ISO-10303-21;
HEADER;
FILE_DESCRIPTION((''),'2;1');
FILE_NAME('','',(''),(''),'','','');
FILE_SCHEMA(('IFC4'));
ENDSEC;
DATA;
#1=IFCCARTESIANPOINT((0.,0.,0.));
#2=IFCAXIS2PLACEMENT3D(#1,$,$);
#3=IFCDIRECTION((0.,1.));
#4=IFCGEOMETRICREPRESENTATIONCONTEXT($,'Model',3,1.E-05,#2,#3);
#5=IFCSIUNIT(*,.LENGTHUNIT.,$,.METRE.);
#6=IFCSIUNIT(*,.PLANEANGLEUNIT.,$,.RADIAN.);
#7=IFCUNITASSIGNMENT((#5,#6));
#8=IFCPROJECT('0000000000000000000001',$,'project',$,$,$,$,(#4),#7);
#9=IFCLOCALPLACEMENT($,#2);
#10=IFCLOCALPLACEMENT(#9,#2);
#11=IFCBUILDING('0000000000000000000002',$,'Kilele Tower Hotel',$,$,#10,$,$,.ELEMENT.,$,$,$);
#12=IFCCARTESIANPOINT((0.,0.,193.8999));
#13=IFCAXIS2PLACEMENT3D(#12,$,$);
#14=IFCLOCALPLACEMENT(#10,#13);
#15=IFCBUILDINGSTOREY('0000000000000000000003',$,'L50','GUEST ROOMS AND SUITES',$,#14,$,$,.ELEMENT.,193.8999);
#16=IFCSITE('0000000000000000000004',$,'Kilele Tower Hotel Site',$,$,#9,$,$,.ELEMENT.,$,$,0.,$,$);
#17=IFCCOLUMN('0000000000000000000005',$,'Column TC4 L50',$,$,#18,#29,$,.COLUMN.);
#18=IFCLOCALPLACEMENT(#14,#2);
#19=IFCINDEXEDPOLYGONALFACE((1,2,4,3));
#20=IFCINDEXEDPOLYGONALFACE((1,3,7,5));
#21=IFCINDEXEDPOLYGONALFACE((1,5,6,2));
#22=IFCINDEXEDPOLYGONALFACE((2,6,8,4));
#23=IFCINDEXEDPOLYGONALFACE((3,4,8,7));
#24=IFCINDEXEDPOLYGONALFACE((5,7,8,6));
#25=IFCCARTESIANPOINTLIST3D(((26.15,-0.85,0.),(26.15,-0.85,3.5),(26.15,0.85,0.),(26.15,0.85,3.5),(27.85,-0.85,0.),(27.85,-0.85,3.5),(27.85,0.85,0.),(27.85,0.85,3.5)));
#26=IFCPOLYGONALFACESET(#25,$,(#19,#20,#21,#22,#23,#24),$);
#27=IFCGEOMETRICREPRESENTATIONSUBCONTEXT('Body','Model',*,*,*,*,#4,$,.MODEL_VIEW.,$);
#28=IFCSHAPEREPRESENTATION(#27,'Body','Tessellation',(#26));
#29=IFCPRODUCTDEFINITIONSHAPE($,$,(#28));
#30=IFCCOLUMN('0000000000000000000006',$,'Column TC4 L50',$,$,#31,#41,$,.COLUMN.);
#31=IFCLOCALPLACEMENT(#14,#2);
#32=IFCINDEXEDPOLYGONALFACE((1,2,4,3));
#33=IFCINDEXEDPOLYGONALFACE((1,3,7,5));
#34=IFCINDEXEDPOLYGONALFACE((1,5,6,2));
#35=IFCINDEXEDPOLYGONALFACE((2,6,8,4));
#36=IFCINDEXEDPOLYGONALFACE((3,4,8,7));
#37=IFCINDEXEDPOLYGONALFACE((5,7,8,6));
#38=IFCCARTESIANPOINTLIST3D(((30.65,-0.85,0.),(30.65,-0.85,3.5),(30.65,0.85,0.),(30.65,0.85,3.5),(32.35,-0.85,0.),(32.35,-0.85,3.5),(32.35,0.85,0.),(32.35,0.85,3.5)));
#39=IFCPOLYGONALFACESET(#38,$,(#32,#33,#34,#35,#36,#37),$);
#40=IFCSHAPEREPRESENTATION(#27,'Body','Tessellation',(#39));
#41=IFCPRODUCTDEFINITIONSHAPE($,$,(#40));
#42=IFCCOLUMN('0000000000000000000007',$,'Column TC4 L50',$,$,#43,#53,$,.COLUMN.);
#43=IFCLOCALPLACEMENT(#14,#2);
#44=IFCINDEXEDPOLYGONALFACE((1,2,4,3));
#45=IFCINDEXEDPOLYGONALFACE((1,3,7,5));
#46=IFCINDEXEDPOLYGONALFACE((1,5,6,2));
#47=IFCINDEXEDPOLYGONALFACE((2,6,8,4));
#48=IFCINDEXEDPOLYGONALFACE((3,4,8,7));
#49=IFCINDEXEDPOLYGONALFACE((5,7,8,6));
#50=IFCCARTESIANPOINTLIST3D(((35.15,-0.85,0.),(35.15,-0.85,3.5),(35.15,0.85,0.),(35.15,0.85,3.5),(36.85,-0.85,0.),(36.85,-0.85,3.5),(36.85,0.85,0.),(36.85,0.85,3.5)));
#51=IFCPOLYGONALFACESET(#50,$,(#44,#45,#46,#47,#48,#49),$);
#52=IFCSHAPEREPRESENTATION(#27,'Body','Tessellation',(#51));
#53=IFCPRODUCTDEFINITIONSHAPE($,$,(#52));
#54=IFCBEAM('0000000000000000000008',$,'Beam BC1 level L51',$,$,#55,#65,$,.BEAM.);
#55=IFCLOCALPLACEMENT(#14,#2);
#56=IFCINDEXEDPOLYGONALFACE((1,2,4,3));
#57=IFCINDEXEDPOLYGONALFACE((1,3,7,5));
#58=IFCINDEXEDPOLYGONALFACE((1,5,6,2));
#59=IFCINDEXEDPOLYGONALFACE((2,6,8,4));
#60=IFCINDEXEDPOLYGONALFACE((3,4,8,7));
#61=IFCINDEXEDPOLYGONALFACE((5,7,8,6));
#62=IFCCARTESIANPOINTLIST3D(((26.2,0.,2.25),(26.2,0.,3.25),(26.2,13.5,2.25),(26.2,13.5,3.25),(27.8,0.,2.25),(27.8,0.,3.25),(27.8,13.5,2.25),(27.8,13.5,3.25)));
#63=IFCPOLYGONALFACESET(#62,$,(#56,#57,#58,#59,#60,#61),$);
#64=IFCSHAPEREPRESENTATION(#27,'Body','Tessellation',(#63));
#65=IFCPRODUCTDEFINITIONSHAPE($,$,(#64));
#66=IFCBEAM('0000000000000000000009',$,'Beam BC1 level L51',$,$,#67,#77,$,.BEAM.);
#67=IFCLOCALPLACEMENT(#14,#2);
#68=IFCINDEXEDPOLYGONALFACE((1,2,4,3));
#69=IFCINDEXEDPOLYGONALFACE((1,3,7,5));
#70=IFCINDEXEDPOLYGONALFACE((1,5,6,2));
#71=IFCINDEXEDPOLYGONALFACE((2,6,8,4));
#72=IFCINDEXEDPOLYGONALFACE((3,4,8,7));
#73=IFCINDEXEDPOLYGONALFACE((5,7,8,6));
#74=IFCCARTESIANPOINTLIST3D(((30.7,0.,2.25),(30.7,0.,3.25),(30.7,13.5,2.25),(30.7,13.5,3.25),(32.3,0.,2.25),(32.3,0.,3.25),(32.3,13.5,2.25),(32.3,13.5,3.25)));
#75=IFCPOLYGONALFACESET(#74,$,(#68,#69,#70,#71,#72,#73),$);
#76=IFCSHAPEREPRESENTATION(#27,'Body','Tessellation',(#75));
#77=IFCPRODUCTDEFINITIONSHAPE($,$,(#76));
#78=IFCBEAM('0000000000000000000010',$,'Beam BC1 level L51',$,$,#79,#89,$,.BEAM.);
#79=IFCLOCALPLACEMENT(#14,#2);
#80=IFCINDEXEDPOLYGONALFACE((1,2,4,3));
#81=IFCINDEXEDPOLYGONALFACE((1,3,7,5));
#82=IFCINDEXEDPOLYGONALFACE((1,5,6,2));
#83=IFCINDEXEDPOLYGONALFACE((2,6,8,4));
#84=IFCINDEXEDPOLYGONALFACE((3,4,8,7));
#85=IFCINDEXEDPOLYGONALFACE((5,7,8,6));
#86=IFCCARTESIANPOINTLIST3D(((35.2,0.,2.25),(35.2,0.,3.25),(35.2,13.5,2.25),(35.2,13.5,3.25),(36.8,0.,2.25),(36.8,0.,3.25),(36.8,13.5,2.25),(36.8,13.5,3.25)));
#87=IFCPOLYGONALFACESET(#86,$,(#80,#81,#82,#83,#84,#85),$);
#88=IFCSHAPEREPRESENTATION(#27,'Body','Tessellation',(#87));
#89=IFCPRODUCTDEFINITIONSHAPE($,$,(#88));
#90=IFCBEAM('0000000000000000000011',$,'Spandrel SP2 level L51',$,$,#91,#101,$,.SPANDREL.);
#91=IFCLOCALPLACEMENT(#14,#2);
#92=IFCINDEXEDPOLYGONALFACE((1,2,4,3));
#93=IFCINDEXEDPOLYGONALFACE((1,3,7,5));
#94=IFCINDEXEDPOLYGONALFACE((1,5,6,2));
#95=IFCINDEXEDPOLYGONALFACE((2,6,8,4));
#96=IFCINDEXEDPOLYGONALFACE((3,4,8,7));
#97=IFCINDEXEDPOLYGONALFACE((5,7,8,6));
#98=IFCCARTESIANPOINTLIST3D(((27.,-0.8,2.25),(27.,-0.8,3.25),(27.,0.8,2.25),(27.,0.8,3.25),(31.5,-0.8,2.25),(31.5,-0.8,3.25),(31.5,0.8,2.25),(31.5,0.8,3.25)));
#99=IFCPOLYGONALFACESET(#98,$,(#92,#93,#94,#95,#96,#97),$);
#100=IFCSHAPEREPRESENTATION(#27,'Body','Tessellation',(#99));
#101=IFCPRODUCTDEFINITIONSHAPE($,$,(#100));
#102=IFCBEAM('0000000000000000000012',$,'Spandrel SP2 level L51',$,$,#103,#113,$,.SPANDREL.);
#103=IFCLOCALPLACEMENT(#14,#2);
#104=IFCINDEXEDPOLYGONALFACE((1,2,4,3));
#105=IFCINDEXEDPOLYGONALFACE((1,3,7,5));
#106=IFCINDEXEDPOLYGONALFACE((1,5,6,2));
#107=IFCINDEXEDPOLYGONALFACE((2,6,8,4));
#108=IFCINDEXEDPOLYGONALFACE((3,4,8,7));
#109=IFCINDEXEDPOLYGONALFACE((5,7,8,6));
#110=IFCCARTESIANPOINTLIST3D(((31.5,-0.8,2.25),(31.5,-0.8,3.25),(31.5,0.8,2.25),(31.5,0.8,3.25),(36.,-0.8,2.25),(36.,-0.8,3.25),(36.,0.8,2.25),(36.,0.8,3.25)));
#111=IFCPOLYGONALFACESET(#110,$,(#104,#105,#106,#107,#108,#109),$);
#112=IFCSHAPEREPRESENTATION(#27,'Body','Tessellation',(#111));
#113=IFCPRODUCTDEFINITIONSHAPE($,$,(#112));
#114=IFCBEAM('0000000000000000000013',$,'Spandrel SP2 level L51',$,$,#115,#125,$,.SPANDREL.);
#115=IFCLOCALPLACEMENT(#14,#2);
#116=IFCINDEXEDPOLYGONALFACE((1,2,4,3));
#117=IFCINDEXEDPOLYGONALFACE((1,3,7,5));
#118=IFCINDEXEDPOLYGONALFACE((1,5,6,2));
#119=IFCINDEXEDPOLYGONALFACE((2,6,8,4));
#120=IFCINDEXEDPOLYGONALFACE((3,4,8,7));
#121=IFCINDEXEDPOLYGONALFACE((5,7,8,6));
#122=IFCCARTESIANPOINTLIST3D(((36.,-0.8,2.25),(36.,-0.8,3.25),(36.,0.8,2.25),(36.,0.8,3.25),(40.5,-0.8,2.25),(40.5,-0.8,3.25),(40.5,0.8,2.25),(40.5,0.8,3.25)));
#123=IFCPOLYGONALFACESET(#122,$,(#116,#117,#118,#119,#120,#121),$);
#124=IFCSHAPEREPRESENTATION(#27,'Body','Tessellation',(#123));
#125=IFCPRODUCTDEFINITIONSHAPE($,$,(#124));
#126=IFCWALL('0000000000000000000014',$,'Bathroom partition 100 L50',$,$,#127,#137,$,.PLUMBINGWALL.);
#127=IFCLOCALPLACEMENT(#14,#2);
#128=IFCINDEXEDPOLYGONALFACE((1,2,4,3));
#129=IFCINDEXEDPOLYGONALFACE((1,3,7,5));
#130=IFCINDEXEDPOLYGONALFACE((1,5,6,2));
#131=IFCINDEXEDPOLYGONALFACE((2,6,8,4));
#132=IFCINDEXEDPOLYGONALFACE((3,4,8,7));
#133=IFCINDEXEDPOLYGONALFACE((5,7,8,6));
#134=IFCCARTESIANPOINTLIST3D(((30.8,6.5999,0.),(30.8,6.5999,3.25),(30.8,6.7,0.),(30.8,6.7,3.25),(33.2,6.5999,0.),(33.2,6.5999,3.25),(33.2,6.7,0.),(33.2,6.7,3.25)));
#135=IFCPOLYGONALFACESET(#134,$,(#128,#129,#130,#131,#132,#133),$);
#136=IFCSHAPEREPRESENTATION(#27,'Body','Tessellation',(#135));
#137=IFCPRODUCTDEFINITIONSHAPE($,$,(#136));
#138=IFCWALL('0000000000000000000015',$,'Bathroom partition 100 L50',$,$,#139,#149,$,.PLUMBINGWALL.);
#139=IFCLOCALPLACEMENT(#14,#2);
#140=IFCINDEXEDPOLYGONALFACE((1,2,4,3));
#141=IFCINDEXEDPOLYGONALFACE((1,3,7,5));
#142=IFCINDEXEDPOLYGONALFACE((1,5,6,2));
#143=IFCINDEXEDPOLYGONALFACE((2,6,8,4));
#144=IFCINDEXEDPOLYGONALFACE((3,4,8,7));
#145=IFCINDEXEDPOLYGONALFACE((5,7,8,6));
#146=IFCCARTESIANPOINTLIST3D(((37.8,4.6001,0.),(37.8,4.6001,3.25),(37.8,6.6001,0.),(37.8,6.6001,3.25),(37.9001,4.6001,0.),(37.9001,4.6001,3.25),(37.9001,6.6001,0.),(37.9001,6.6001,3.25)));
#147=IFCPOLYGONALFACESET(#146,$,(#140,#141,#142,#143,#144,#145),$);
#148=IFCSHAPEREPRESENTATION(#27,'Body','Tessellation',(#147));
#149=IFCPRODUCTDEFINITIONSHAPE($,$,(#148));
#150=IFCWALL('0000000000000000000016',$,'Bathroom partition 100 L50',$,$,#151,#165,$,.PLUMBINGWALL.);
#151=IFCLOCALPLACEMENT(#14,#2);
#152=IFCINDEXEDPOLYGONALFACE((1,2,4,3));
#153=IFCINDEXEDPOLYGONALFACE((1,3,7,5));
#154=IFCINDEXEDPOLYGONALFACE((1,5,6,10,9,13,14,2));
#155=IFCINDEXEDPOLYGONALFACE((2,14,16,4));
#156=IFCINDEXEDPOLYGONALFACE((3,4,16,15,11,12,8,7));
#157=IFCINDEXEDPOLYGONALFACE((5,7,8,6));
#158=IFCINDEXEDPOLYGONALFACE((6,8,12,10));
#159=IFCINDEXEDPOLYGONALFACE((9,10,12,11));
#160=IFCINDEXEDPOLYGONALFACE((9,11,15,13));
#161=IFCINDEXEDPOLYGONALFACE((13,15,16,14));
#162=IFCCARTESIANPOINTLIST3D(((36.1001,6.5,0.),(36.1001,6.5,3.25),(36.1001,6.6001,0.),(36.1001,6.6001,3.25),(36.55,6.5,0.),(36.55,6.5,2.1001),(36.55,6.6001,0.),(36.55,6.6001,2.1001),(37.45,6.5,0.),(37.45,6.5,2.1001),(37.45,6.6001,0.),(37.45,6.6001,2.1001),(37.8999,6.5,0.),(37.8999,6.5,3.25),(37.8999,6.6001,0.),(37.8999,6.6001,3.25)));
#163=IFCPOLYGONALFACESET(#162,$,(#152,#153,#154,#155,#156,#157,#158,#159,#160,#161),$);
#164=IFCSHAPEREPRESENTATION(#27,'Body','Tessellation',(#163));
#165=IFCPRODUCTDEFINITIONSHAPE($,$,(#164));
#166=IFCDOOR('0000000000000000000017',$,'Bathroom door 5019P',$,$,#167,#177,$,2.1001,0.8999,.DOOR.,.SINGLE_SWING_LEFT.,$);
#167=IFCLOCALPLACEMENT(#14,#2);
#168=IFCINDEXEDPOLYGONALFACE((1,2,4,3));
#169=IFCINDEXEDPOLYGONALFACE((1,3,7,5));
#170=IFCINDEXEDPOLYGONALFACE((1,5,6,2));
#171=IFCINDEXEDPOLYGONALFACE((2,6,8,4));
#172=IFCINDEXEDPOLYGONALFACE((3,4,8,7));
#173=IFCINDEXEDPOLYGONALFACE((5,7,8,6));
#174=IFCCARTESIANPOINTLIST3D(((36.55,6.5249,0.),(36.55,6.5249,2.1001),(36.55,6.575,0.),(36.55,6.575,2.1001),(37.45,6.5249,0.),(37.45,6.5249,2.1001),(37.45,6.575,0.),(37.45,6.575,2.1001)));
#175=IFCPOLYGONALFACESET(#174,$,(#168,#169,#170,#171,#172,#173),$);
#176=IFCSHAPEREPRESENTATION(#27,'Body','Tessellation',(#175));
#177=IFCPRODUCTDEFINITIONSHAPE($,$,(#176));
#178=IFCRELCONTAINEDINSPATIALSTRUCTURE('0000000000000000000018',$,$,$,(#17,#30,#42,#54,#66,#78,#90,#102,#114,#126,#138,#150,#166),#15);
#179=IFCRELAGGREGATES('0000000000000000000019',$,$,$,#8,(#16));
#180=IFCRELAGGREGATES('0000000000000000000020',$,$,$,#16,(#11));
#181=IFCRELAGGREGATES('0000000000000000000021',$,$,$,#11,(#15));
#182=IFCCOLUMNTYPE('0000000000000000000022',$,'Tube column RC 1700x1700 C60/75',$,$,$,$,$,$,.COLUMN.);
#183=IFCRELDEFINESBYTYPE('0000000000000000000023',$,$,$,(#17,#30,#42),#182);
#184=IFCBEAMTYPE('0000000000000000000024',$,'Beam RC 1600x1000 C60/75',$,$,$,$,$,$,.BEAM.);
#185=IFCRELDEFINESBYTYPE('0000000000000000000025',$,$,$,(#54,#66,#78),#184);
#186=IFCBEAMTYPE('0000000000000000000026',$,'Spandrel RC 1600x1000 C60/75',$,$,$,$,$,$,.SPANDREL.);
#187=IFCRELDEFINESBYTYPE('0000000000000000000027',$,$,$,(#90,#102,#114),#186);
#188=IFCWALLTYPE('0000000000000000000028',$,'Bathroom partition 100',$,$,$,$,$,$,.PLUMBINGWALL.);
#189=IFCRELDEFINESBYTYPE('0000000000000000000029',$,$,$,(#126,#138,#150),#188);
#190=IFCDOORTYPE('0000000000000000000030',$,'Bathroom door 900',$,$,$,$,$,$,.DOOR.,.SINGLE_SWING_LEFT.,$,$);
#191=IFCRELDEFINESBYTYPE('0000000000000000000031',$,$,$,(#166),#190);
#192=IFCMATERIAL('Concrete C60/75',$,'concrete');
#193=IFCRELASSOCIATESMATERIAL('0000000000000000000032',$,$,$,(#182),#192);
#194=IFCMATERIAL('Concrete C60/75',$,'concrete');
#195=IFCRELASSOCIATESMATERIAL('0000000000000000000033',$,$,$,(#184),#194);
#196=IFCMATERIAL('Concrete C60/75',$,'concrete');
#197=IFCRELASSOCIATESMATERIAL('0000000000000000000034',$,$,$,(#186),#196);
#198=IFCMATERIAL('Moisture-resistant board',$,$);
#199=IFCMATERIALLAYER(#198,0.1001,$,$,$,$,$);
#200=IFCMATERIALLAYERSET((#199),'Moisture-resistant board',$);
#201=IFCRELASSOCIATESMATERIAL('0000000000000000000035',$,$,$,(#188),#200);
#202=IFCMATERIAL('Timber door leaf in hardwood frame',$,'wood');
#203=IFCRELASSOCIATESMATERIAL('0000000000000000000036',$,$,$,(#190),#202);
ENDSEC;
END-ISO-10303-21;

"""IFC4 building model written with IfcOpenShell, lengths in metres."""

from ifc_helpers import new_model, si_unit, direction, frame, frame_2d, origin, origin_2d, place, context, subcontext, project, spatial, rectangle, extrude, material, layer, layer_set, material_profile, profile_set, type_object, element, fill, save


model = new_model("IFC4")

# Units and contexts
model_context = context("Model", 3, precision=1e-05, world=origin(), true_north=direction((0.0, 1.0)))
body_context = subcontext(model_context, "Body", "Model", "MODEL_VIEW")
ifc_project = project(units=[si_unit("LENGTHUNIT", "METRE"), si_unit("PLANEANGLEUNIT", "RADIAN")], contexts=[model_context])

# Site, building, storey
site_placement = place(None, origin())
site = spatial("IfcSite", under=ifc_project, at=site_placement, Name="Kilele Tower Hotel Site", CompositionType="ELEMENT", RefElevation=0.0)
building_placement = place(site_placement, origin())
building = spatial("IfcBuilding", under=site, at=building_placement, Name="Kilele Tower Hotel", CompositionType="ELEMENT")
storey_placement = place(building_placement, frame((0.0, 0.0, 193.8999)))
storey = spatial("IfcBuildingStorey", under=building, at=storey_placement, Name="L50", Description="GUEST ROOMS AND SUITES", CompositionType="ELEMENT", Elevation=193.8999)

# Columns
ifc_material_1 = material(Name="Concrete C60/75", Category="concrete")
ifc_material_profile_1 = material_profile(ifc_material_1, rectangle(XDim=1.7, YDim=1.7, at=origin_2d()))
ifc_profile_set_1 = profile_set([ifc_material_profile_1], Name="Concrete C60/75")
column_type = type_object("IfcColumnType", Name="Tube column RC 1700x1700 C60/75", PredefinedType="COLUMN", material=ifc_profile_set_1)
for number, where, z_axis, x_axis, name in (
    (1, (27.0, 0.0, 0.0), (0.0, 0.0, 1.0), (1.0, 0.0, 0.0), "Column TC4 L50"),
    (2, (31.5, 0.0, 0.0), (0.0, 0.0, 1.0), (1.0, 0.0, 0.0), "Column TC4 L50"),
    (3, (36.0, 0.0, 0.0), (0.0, 0.0, 1.0), (1.0, 0.0, 0.0), "Column TC4 L50"),
):
    element("IfcColumn", number, at=place(storey_placement, frame(where, z_axis=z_axis, x_axis=x_axis)), inside=storey, type_object=column_type, Name=name, PredefinedType="COLUMN", context=body_context, shape_type="SweptSolid", body=[
        extrude(rectangle(XDim=1.7, YDim=1.7, at=origin_2d()), origin(), (0.0, 0.0, 1.0), 3.5),
    ])

# Beams
ifc_material_2 = material(Name="Concrete C60/75", Category="concrete")
ifc_material_profile_2 = material_profile(ifc_material_2, rectangle(XDim=1.6001, YDim=1.0, at=origin_2d()))
ifc_profile_set_2 = profile_set([ifc_material_profile_2], Name="Concrete C60/75")
beam_type_1 = type_object("IfcBeamType", Name="Beam RC 1600x1000 C60/75", PredefinedType="BEAM", material=ifc_profile_set_2)
for number, where, z_axis, x_axis, name in (
    (4, (27.0, 0.0, 2.75), (0.0, 1.0, 0.0), (-1.0, 0.0, 0.0), "Beam BC1 level L51"),
    (5, (31.5, 0.0, 2.75), (0.0, 1.0, 0.0), (-1.0, 0.0, 0.0), "Beam BC1 level L51"),
    (6, (36.0, 0.0, 2.75), (0.0, 1.0, 0.0), (-1.0, 0.0, 0.0), "Beam BC1 level L51"),
):
    element("IfcBeam", number, at=place(storey_placement, frame(where, z_axis=z_axis, x_axis=x_axis)), inside=storey, type_object=beam_type_1, Name=name, PredefinedType="BEAM", context=body_context, shape_type="SweptSolid", body=[
        extrude(rectangle(XDim=1.6001, YDim=1.0, at=origin_2d()), origin(), (0.0, 0.0, 1.0), 13.5),
    ])
ifc_material_3 = material(Name="Concrete C60/75", Category="concrete")
ifc_material_profile_3 = material_profile(ifc_material_3, rectangle(XDim=1.6001, YDim=1.0, at=origin_2d()))
ifc_profile_set_3 = profile_set([ifc_material_profile_3], Name="Concrete C60/75")
beam_type_2 = type_object("IfcBeamType", Name="Spandrel RC 1600x1000 C60/75", PredefinedType="SPANDREL", material=ifc_profile_set_3)
for number, where, z_axis, x_axis, name in (
    (7, (27.0, 0.0, 2.75), (1.0, 0.0, 0.0), (0.0, 1.0, 0.0), "Spandrel SP2 level L51"),
    (8, (31.5, 0.0, 2.75), (1.0, 0.0, 0.0), (0.0, 1.0, 0.0), "Spandrel SP2 level L51"),
    (9, (36.0, 0.0, 2.75), (1.0, 0.0, 0.0), (0.0, 1.0, 0.0), "Spandrel SP2 level L51"),
):
    element("IfcBeam", number, at=place(storey_placement, frame(where, z_axis=z_axis, x_axis=x_axis)), inside=storey, type_object=beam_type_2, Name=name, PredefinedType="SPANDREL", context=body_context, shape_type="SweptSolid", body=[
        extrude(rectangle(XDim=1.6001, YDim=1.0, at=origin_2d()), origin(), (0.0, 0.0, 1.0), 4.5),
    ])

# Walls
ifc_material_4 = material(Name="Moisture-resistant board")
ifc_layer_1 = layer(ifc_material_4, 0.1001)
ifc_layer_set_1 = layer_set([ifc_layer_1], Name="Moisture-resistant board")
wall_type_1 = type_object("IfcWallType", Name="Bathroom partition 100", PredefinedType="PLUMBINGWALL", material=ifc_layer_set_1)
wall_1_placement = place(storey_placement, frame((30.8, 6.6499, 0.0), z_axis=(0.0, 0.0, 1.0), x_axis=(1.0, 0.0, 0.0)))
element("IfcWall", 10, at=wall_1_placement, inside=storey, type_object=wall_type_1, Name="Bathroom partition 100 L50", PredefinedType="PLUMBINGWALL", context=body_context, shape_type="SweptSolid", body=[
    extrude(rectangle(XDim=2.3999, YDim=0.1001, at=frame_2d((1.2, 0.0))), origin(), (0.0, 0.0, 1.0), 3.25),
])
wall_2_placement = place(storey_placement, frame((37.8501, 4.6001, 0.0), z_axis=(0.0, 0.0, 1.0), x_axis=(0.0, 1.0, 0.0)))
element("IfcWall", 11, at=wall_2_placement, inside=storey, type_object=wall_type_1, Name="Bathroom partition 100 L50", PredefinedType="PLUMBINGWALL", context=body_context, shape_type="SweptSolid", body=[
    extrude(rectangle(XDim=2.0, YDim=0.1001, at=frame_2d((1.0, 0.0))), origin(), (0.0, 0.0, 1.0), 3.25),
])

# Wall, opening, door
wall_3_placement = place(storey_placement, frame((36.1001, 6.55, 0.0), z_axis=(0.0, 0.0, 1.0), x_axis=(1.0, 0.0, 0.0)))
wall_3 = element("IfcWall", 12, at=wall_3_placement, inside=storey, type_object=wall_type_1, Name="Bathroom partition 100 L50", PredefinedType="PLUMBINGWALL", context=body_context, shape_type="SweptSolid", body=[
    extrude(rectangle(XDim=1.7998, YDim=0.1001, at=frame_2d((0.8999, 0.0))), origin(), (0.0, 0.0, 1.0), 3.25),
])
opening_1_placement = place(wall_3_placement, frame((0.45, 0.0, 0.0)))
opening_1 = element("IfcOpeningElement", 13, at=opening_1_placement, cuts=wall_3, PredefinedType="OPENING", context=body_context, shape_type="SweptSolid", body=[
    extrude(rectangle(XDim=0.8999, YDim=2.1001, at=frame_2d((0.45, 1.05))), frame((0.0, 0.0601, 0.0), z_axis=(0.0, -1.0, 0.0), x_axis=(1.0, 0.0, 0.0)), (0.0, 0.0, 1.0), 0.1201),
])
ifc_material_5 = material(Name="Timber door leaf in hardwood frame", Category="wood")
door_type_1 = type_object("IfcDoorType", Name="Bathroom door 900", OperationType="SINGLE_SWING_LEFT", PredefinedType="DOOR", material=ifc_material_5)
door_1_placement = place(opening_1_placement, origin())
door_1 = element("IfcDoor", 14, at=door_1_placement, inside=storey, type_object=door_type_1, Name="Bathroom door 5019P", OperationType="SINGLE_SWING_LEFT", OverallHeight=2.1001, OverallWidth=0.8999, PredefinedType="DOOR", context=body_context, shape_type="SweptSolid", body=[
    extrude(rectangle(XDim=0.8999, YDim=2.1001, at=frame_2d((0.45, 1.05))), frame((0.0, 0.0249, 0.0), z_axis=(0.0, -1.0, 0.0), x_axis=(1.0, 0.0, 0.0)), (0.0, 0.0, 1.0), 0.05),
])
fill(opening_1, door_1)

save(model, "model.ifc")
